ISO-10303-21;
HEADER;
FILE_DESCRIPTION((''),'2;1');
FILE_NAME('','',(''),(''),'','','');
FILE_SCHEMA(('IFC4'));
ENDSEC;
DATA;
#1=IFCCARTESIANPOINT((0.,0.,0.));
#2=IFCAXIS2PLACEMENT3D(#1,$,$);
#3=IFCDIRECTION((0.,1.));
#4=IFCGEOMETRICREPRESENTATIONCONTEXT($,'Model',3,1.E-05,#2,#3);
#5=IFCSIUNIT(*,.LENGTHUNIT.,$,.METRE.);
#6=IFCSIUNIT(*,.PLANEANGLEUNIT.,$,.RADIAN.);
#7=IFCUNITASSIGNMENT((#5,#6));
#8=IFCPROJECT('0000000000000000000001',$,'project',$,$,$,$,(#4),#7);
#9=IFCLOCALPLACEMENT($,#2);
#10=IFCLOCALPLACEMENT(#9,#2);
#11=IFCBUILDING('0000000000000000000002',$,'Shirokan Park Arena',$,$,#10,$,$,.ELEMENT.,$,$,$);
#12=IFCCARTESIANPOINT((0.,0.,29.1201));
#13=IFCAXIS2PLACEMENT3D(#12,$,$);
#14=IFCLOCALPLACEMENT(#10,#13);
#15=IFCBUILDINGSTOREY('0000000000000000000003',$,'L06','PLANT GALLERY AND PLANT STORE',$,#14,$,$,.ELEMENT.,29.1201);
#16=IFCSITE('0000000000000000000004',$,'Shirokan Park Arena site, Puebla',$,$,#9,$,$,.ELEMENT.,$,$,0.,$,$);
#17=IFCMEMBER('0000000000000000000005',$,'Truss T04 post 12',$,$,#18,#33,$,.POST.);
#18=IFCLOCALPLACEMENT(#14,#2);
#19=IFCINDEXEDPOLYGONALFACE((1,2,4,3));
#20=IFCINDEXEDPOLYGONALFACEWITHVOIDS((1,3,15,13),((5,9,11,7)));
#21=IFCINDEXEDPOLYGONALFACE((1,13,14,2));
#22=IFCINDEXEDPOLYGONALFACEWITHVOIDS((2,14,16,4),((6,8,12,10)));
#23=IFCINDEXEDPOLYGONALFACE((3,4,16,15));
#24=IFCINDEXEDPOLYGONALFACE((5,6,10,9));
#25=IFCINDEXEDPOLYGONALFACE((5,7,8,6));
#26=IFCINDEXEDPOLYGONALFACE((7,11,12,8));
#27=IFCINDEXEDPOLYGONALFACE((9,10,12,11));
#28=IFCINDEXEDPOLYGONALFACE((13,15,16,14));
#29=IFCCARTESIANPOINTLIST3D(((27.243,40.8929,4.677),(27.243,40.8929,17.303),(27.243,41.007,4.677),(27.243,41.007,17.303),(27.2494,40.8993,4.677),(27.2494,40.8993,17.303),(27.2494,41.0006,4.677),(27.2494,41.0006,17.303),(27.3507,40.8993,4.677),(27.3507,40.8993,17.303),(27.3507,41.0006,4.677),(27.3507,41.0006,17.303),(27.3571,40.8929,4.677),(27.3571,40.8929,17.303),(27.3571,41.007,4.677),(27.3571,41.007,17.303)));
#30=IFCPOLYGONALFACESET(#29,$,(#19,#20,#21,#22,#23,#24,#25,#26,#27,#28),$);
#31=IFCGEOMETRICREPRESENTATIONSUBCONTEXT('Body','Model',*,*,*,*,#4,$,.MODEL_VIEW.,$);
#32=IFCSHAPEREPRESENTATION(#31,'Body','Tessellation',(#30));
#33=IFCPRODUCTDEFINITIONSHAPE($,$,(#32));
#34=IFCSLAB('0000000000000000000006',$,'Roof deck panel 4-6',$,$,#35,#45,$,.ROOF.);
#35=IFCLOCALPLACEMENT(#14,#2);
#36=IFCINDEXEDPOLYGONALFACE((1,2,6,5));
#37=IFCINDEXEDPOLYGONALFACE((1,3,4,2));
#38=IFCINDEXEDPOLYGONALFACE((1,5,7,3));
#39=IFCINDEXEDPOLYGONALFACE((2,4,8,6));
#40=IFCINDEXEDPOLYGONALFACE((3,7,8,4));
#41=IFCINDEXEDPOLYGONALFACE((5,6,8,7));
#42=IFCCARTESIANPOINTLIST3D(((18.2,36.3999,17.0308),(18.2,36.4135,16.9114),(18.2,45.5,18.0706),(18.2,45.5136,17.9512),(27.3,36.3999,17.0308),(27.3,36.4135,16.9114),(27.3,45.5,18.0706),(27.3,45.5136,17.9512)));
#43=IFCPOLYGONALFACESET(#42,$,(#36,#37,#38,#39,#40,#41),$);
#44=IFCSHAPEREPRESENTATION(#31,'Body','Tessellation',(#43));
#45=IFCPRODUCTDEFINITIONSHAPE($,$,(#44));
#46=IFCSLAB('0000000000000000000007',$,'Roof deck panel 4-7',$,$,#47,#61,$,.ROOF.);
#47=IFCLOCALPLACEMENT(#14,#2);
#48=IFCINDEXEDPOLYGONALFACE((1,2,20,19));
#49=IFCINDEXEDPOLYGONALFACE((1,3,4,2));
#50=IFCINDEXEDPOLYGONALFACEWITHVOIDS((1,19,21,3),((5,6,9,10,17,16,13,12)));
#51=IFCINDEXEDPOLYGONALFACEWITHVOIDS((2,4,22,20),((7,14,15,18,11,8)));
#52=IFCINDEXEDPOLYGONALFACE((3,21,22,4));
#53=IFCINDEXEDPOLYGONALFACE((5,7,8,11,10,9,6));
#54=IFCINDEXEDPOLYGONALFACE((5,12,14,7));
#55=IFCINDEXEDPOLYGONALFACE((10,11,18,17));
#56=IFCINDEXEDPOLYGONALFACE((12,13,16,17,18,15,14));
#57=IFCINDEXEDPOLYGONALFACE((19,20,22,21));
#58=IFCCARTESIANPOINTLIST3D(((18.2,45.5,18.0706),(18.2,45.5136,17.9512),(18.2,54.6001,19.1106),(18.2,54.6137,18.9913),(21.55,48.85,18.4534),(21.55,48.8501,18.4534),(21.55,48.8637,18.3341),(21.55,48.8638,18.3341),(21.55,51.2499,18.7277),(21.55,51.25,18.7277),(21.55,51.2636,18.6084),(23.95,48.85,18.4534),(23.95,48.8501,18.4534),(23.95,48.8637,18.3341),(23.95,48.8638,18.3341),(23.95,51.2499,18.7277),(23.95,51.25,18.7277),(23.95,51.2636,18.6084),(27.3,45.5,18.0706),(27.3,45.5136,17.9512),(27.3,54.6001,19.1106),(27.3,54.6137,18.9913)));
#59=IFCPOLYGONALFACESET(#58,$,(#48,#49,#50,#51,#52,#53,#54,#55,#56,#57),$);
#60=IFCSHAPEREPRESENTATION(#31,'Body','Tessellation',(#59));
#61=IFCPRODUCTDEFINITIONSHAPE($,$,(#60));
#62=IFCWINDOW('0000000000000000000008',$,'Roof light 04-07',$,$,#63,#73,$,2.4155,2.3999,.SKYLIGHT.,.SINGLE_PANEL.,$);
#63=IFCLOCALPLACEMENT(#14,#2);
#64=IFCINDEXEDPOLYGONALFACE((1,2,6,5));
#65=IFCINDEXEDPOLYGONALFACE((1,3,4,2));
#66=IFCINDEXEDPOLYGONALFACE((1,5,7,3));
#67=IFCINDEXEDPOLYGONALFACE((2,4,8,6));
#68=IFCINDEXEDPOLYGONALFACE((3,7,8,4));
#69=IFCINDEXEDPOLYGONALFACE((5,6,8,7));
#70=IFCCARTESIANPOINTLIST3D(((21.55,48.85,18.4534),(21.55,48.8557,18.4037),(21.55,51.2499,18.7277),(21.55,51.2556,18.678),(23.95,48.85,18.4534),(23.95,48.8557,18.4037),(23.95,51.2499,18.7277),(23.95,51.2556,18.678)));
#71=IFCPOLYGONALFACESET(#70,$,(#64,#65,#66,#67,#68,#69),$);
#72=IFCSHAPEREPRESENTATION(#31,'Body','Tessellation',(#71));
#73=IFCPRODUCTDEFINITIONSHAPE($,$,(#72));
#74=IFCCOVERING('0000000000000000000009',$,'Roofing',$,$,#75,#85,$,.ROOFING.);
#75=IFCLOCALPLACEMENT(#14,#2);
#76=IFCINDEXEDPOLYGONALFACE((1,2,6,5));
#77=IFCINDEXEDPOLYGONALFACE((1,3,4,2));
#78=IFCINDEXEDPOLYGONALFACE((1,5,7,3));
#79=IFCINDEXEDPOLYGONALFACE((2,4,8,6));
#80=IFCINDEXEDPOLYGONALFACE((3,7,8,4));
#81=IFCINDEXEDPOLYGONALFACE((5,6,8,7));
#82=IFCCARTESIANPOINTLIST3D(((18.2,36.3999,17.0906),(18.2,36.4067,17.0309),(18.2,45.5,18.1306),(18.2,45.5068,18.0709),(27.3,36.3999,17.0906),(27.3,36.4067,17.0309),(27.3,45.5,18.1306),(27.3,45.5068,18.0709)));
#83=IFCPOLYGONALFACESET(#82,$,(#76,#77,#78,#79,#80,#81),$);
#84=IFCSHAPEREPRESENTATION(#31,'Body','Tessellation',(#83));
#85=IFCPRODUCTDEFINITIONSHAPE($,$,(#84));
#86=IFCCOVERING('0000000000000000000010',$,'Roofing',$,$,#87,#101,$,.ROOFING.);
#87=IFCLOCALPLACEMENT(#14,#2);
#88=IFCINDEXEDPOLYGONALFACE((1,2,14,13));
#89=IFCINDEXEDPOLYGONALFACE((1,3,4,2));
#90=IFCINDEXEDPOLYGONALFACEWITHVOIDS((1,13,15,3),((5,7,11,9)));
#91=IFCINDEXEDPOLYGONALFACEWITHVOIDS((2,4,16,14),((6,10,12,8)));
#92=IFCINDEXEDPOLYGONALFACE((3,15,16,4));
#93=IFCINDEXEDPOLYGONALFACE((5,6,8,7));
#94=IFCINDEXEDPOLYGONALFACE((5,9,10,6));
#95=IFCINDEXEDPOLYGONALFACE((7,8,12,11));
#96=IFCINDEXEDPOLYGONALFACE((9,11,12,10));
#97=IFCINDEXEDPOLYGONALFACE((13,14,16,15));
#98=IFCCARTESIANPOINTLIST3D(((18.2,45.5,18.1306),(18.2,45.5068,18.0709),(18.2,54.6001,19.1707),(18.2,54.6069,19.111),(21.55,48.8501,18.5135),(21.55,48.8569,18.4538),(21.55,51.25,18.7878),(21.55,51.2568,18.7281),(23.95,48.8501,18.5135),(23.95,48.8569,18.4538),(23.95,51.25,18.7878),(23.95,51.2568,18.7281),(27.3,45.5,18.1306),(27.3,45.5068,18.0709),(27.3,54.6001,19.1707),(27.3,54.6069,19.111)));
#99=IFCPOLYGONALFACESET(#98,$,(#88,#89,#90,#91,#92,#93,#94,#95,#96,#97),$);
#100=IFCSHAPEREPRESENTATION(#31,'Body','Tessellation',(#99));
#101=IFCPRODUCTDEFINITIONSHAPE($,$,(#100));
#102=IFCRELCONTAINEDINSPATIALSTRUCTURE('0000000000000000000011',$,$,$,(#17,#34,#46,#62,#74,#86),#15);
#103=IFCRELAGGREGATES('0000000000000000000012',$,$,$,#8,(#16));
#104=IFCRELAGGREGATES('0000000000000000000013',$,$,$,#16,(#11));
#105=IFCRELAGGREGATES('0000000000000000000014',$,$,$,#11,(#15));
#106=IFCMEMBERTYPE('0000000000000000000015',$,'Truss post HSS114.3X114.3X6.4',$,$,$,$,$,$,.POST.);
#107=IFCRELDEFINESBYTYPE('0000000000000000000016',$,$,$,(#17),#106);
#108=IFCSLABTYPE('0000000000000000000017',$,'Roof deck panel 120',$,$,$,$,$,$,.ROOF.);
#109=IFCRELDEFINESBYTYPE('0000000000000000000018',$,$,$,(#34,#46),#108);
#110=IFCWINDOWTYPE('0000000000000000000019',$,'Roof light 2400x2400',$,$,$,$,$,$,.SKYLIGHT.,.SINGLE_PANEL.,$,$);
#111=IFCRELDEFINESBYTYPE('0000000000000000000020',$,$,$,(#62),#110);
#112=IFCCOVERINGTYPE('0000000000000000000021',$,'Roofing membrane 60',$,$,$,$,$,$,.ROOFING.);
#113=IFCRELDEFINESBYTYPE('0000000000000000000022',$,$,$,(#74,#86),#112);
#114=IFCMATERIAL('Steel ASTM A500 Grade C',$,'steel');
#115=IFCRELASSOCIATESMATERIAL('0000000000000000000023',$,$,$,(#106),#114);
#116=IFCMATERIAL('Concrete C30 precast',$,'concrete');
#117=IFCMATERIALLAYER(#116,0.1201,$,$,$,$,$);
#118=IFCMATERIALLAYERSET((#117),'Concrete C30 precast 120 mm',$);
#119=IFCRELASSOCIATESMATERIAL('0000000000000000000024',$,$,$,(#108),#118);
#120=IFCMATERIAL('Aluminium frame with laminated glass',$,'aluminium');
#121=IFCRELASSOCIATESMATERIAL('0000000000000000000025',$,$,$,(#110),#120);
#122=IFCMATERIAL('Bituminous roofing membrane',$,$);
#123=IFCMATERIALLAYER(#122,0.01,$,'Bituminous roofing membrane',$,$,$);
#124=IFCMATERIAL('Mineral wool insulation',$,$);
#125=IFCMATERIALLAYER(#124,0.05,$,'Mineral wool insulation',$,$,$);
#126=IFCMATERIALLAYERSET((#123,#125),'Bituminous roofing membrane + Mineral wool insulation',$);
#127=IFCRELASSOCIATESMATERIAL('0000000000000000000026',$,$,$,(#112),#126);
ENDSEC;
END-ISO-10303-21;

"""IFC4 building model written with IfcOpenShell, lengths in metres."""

from ifc_helpers import new_model, si_unit, direction, frame, origin, origin_2d, place, context, subcontext, project, spatial, polyline, rectangle, hollow_rectangle, outline, extrude, material, layer, layer_set, material_profile, profile_set, type_object, element, fill, save


model = new_model("IFC4")

# Units and contexts
model_context = context("Model", 3, precision=1e-05, world=origin(), true_north=direction((0.0, 1.0)))
body_context = subcontext(model_context, "Body", "Model", "MODEL_VIEW")
ifc_project = project(units=[si_unit("LENGTHUNIT", "METRE"), si_unit("PLANEANGLEUNIT", "RADIAN")], contexts=[model_context])

# Site, building, storey
site_placement = place(None, origin())
site = spatial("IfcSite", under=ifc_project, at=site_placement, Name="Shirokan Park Arena site, Puebla", CompositionType="ELEMENT", RefElevation=0.0)
building_placement = place(site_placement, origin())
building = spatial("IfcBuilding", under=site, at=building_placement, Name="Shirokan Park Arena", CompositionType="ELEMENT")
storey_placement = place(building_placement, frame((0.0, 0.0, 29.1201)))
storey = spatial("IfcBuildingStorey", under=building, at=storey_placement, Name="L06", Description="PLANT GALLERY AND PLANT STORE", CompositionType="ELEMENT", Elevation=29.1201)

# Member
ifc_material_1 = material(Name="Steel ASTM A500 Grade C", Category="steel")
ifc_material_profile_1 = material_profile(ifc_material_1, hollow_rectangle(XDim=0.114, YDim=0.114, WallThickness=0.0063, at=origin_2d()), Name="HSS114.3X114.3X6.4")
ifc_profile_set_1 = profile_set([ifc_material_profile_1], Name="Steel ASTM A500 Grade C")
member_type_1 = type_object("IfcMemberType", Name="Truss post HSS114.3X114.3X6.4", PredefinedType="POST", material=ifc_profile_set_1)
member_1_placement = place(storey_placement, frame((27.3, 40.95, 4.677), z_axis=(0.0, 0.0, 1.0), x_axis=(1.0, 0.0, 0.0)))
element("IfcMember", 1, at=member_1_placement, inside=storey, type_object=member_type_1, Name="Truss T04 post 12", PredefinedType="POST", context=body_context, shape_type="SweptSolid", body=[
    extrude(hollow_rectangle(XDim=0.114, YDim=0.114, WallThickness=0.0063, at=origin_2d()), origin(), (0.0, 0.0, 1.0), 12.626),
])

# Slab
ifc_material_2 = material(Name="Concrete C30 precast", Category="concrete")
ifc_layer_1 = layer(ifc_material_2, 0.1201)
ifc_layer_set_1 = layer_set([ifc_layer_1], Name="Concrete C30 precast 120 mm")
slab_type = type_object("IfcSlabType", Name="Roof deck panel 120", PredefinedType="ROOF", material=ifc_layer_set_1)
slab_1_placement = place(storey_placement, frame((18.2, 36.3999, 17.0308), z_axis=(0.0, -0.113523, 0.993535), x_axis=(1.0, 0.0, 0.0)))
element("IfcSlab", 2, at=slab_1_placement, inside=storey, type_object=slab_type, Name="Roof deck panel 4-6", PredefinedType="ROOF", context=body_context, shape_type="SweptSolid", body=[
    extrude(outline(polyline([(0.0, 0.0), (9.1001, 0.0), (9.1001, 9.1593), (0.0, 9.1593), (0.0, 0.0)])), origin(), (0.0, 0.0, -1.0), 0.1201),
])

# Slab, opening, window
slab_2_placement = place(storey_placement, frame((18.2, 45.5, 18.0706), z_axis=(0.0, -0.11355, 0.993532), x_axis=(1.0, 0.0, 0.0)))
slab_2 = element("IfcSlab", 3, at=slab_2_placement, inside=storey, type_object=slab_type, Name="Roof deck panel 4-7", PredefinedType="ROOF", context=body_context, shape_type="SweptSolid", body=[
    extrude(outline(polyline([(0.0, 0.0), (9.1001, 0.0), (9.1001, 9.1593), (0.0, 9.1593), (0.0, 0.0)]), holes=[polyline([(3.3501, 3.3719), (5.75, 3.3719), (5.75, 5.7874), (3.3501, 5.7874), (3.3501, 3.3719)])]), origin(), (0.0, 0.0, -1.0), 0.1201),
])
opening_placement = place(slab_2_placement, frame((4.55, 4.5796, 0.01)))
opening = element("IfcOpeningElement", 4, at=opening_placement, cuts=slab_2, PredefinedType="OPENING", context=body_context, shape_type="SweptSolid", body=[
    extrude(rectangle(XDim=2.3999, YDim=2.4155, at=origin_2d()), origin(), (0.0, 0.0, -1.0), 0.1399),
])
ifc_material_3 = material(Name="Aluminium frame with laminated glass", Category="aluminium")
window_type = type_object("IfcWindowType", Name="Roof light 2400x2400", PartitioningType="SINGLE_PANEL", PredefinedType="SKYLIGHT", material=ifc_material_3)
window_placement = place(opening_placement, frame((0.0, 0.0, -0.0601)))
window = element("IfcWindow", 5, at=window_placement, inside=storey, type_object=window_type, Name="Roof light 04-07", OverallHeight=2.4155, OverallWidth=2.3999, PartitioningType="SINGLE_PANEL", PredefinedType="SKYLIGHT", context=body_context, shape_type="SweptSolid", body=[
    extrude(rectangle(XDim=2.3999, YDim=2.4155, at=origin_2d()), origin(), (0.0, 0.0, 1.0), 0.05),
])
fill(opening, window)

# Coverings
ifc_material_4 = material(Name="Bituminous roofing membrane")
ifc_layer_2 = layer(ifc_material_4, 0.01, Name="Bituminous roofing membrane")
ifc_material_5 = material(Name="Mineral wool insulation")
ifc_layer_3 = layer(ifc_material_5, 0.05, Name="Mineral wool insulation")
ifc_layer_set_2 = layer_set([ifc_layer_2, ifc_layer_3], Name="Bituminous roofing membrane + Mineral wool insulation")
covering_type = type_object("IfcCoveringType", Name="Roofing membrane 60", PredefinedType="ROOFING", material=ifc_layer_set_2)
covering_1_placement = place(storey_placement, frame((18.2, 36.3999, 17.0906), z_axis=(0.0, -0.11355, 0.993532), x_axis=(1.0, 0.0, 0.0)))
element("IfcCovering", 6, at=covering_1_placement, inside=storey, type_object=covering_type, Name="Roofing", PredefinedType="ROOFING", context=body_context, shape_type="SweptSolid", body=[
    extrude(outline(polyline([(0.0, 0.0), (9.1001, 0.0), (9.1001, 9.1593), (0.0, 9.1593), (0.0, 0.0)])), origin(), (0.0, 0.0, -1.0), 0.0601),
])
covering_2_placement = place(storey_placement, frame((18.2, 45.5, 18.1306), z_axis=(0.0, -0.11355, 0.993532), x_axis=(1.0, 0.0, 0.0)))
element("IfcCovering", 7, at=covering_2_placement, inside=storey, type_object=covering_type, Name="Roofing", PredefinedType="ROOFING", context=body_context, shape_type="SweptSolid", body=[
    extrude(outline(polyline([(0.0, 0.0), (9.1001, 0.0), (9.1001, 9.1593), (0.0, 9.1593), (0.0, 0.0)]), holes=[polyline([(5.75, 3.3719), (5.75, 5.7874), (3.3501, 5.7874), (3.3501, 3.3719), (5.75, 3.3719)])]), origin(), (0.0, 0.0, -1.0), 0.0601),
])

save(model, "model.ifc")
